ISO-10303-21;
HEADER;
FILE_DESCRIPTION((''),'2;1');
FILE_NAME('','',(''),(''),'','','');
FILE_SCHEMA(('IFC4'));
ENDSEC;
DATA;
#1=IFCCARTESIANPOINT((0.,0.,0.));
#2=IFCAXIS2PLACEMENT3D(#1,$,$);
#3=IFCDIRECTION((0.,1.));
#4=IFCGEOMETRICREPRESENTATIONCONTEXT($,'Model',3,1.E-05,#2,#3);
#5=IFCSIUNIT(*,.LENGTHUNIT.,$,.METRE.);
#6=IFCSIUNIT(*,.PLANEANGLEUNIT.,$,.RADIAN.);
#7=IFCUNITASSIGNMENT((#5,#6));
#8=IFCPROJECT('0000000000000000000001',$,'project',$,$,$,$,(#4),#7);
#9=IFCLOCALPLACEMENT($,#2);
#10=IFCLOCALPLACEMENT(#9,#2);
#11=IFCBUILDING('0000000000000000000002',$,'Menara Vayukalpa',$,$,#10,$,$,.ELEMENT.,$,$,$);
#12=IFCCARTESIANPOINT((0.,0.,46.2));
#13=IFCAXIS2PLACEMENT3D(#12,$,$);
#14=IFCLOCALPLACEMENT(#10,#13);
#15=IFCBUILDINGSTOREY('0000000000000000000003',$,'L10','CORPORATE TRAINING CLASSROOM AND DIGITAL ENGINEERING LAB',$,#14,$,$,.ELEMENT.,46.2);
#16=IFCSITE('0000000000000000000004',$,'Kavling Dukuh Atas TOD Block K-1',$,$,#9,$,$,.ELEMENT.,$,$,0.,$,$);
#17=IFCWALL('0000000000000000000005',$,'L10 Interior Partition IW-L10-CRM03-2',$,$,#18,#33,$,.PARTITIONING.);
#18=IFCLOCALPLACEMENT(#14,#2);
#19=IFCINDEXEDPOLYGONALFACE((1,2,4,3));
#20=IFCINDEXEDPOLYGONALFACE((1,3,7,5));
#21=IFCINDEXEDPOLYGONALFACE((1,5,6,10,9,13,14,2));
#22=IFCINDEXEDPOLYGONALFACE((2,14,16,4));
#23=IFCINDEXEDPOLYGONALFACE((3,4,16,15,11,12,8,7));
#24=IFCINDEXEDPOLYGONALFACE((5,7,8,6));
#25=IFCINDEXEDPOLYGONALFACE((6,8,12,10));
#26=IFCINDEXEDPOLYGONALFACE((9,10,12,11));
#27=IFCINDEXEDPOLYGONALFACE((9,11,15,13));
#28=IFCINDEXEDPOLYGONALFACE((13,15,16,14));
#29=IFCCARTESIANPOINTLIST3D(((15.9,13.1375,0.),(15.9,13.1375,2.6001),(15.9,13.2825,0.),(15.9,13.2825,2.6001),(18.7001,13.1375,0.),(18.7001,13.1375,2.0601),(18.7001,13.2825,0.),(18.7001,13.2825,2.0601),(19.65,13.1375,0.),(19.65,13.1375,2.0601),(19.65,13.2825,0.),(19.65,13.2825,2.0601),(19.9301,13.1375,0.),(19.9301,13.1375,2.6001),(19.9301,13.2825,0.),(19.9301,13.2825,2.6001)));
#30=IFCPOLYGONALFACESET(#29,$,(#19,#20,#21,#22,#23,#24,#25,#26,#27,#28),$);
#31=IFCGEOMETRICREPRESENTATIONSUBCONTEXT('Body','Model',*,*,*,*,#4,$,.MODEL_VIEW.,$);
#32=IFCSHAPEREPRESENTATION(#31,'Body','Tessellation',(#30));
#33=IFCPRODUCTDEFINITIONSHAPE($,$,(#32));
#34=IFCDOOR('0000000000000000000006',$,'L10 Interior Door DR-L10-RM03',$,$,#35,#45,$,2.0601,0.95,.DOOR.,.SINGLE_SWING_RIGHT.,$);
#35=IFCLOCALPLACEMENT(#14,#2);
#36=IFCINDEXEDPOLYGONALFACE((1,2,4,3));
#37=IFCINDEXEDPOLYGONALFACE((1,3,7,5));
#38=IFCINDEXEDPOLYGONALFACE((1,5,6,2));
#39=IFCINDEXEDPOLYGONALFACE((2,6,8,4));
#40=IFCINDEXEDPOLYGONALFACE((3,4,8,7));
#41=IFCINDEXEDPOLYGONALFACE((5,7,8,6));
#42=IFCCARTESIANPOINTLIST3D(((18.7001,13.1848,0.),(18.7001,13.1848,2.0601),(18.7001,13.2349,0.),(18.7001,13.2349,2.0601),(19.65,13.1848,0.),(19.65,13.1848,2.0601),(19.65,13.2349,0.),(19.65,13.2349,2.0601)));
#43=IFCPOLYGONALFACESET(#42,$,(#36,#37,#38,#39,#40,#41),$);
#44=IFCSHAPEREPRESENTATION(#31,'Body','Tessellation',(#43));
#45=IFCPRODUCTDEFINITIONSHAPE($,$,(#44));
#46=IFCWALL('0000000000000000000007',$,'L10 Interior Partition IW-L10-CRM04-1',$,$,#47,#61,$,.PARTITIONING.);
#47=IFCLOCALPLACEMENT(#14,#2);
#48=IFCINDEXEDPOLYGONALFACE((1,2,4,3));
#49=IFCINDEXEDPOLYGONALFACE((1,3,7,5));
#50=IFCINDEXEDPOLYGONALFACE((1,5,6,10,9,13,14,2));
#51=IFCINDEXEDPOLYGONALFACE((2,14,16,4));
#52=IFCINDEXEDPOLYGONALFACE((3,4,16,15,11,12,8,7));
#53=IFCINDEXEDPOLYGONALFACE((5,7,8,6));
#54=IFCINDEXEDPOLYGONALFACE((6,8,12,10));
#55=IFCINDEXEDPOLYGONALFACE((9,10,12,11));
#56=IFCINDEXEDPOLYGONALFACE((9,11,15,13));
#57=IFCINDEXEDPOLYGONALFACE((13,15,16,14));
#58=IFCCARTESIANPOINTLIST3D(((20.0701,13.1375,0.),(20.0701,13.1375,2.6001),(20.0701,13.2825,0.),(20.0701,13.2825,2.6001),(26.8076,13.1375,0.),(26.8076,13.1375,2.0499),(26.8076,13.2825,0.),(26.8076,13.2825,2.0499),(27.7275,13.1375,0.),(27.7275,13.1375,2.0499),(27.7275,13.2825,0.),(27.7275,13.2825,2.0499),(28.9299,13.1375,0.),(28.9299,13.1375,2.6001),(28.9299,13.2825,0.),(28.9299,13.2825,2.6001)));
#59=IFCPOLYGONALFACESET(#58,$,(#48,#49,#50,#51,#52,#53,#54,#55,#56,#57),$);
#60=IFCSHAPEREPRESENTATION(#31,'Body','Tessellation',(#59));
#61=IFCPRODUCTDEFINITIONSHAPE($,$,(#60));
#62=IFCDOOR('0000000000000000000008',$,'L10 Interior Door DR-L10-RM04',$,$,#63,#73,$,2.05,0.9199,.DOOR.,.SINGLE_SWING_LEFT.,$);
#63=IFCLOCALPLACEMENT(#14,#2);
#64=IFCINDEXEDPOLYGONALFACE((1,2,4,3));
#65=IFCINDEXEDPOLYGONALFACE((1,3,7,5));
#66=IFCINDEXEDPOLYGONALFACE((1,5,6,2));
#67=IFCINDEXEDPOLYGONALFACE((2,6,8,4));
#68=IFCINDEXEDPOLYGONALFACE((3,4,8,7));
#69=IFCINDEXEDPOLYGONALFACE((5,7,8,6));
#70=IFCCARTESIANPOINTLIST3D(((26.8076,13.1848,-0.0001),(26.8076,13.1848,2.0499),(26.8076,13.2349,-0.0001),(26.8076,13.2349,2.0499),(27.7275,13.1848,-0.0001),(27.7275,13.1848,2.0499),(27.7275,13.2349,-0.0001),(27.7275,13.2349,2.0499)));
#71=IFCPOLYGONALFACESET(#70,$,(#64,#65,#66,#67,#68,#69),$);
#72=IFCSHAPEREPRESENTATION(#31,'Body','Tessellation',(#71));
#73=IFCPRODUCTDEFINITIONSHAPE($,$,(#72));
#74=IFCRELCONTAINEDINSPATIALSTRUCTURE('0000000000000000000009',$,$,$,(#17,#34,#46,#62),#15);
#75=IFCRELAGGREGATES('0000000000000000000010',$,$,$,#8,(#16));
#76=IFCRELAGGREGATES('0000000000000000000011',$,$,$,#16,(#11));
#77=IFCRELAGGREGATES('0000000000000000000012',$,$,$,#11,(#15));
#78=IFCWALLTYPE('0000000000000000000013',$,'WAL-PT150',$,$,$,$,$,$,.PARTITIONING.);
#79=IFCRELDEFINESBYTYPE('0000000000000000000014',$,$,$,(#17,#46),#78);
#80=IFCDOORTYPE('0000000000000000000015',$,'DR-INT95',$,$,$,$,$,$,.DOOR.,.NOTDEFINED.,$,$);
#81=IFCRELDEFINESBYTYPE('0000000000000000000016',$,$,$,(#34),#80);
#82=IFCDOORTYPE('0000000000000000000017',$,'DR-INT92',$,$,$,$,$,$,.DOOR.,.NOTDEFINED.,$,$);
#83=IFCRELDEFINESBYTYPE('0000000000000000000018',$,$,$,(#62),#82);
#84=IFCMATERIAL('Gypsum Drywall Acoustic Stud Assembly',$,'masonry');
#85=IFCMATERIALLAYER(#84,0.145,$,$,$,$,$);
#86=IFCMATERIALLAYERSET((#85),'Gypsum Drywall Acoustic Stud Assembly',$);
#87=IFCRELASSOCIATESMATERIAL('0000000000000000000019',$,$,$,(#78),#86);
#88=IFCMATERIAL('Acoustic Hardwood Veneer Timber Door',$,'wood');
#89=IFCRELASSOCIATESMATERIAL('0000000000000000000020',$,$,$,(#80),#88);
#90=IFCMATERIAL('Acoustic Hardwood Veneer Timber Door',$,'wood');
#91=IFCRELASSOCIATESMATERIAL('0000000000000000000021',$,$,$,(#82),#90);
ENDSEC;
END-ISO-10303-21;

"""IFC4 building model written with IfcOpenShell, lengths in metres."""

from ifc_helpers import new_model, si_unit, direction, frame, frame_2d, origin, place, context, subcontext, project, spatial, rectangle, extrude, material, layer, layer_set, type_object, element, fill, save


model = new_model("IFC4")

# Units and contexts
model_context = context("Model", 3, precision=1e-05, world=origin(), true_north=direction((0.0, 1.0)))
body_context = subcontext(model_context, "Body", "Model", "MODEL_VIEW")
ifc_project = project(units=[si_unit("LENGTHUNIT", "METRE"), si_unit("PLANEANGLEUNIT", "RADIAN")], contexts=[model_context])

# Site, building, storey
site_placement = place(None, origin())
site = spatial("IfcSite", under=ifc_project, at=site_placement, Name="Kavling Dukuh Atas TOD Block K-1", CompositionType="ELEMENT", RefElevation=0.0)
building_placement = place(site_placement, origin())
building = spatial("IfcBuilding", under=site, at=building_placement, Name="Menara Vayukalpa", CompositionType="ELEMENT")
storey_placement = place(building_placement, frame((0.0, 0.0, 46.2)))
storey = spatial("IfcBuildingStorey", under=building, at=storey_placement, Name="L10", Description="CORPORATE TRAINING CLASSROOM AND DIGITAL ENGINEERING LAB", CompositionType="ELEMENT", Elevation=46.2)

# Shared definitions
ifc_material_1 = material(Name="Gypsum Drywall Acoustic Stud Assembly", Category="masonry")
ifc_layer_1 = layer(ifc_material_1, 0.145)
ifc_layer_set_1 = layer_set([ifc_layer_1], Name="Gypsum Drywall Acoustic Stud Assembly")
wall_type_1 = type_object("IfcWallType", Name="WAL-PT150", PredefinedType="PARTITIONING", material=ifc_layer_set_1)
ifc_material_2 = material(Name="Acoustic Hardwood Veneer Timber Door", Category="wood")
door_type_1 = type_object("IfcDoorType", Name="DR-INT95", OperationType="NOTDEFINED", PredefinedType="DOOR", material=ifc_material_2)

# Walls, openings, doors
wall_1_placement = place(storey_placement, frame((15.8999, 13.21, 0.0), z_axis=(0.0, 0.0, 1.0), x_axis=(1.0, 0.0, 0.0)))
wall_1 = element("IfcWall", 1, at=wall_1_placement, inside=storey, type_object=wall_type_1, Name="L10 Interior Partition IW-L10-CRM03-2", PredefinedType="PARTITIONING", context=body_context, shape_type="SweptSolid", body=[
    extrude(rectangle(XDim=4.03, YDim=0.145, at=frame_2d((2.0151, 0.0))), origin(), (0.0, 0.0, 1.0), 2.6001),
])
opening_1_placement = place(wall_1_placement, frame((2.8, 0.0, 0.0)))
opening_1 = element("IfcOpeningElement", 2, at=opening_1_placement, cuts=wall_1, PredefinedType="OPENING", context=body_context, shape_type="SweptSolid", body=[
    extrude(rectangle(XDim=0.95, YDim=2.0601, at=frame_2d((0.4751, 1.03))), frame((0.0, 0.0825, 0.0), z_axis=(0.0, -1.0, 0.0), x_axis=(1.0, 0.0, 0.0)), (0.0, 0.0, 1.0), 0.165),
])
door_1_placement = place(opening_1_placement, origin())
door_1 = element("IfcDoor", 3, at=door_1_placement, inside=storey, type_object=door_type_1, Name="L10 Interior Door DR-L10-RM03", OperationType="SINGLE_SWING_RIGHT", OverallHeight=2.0601, OverallWidth=0.95, PredefinedType="DOOR", context=body_context, shape_type="SweptSolid", body=[
    extrude(rectangle(XDim=0.95, YDim=2.0601, at=frame_2d((0.4751, 1.03))), frame((0.0, 0.0249, 0.0), z_axis=(0.0, -1.0, 0.0), x_axis=(1.0, 0.0, 0.0)), (0.0, 0.0, 1.0), 0.05),
])
fill(opening_1, door_1)
wall_2_placement = place(storey_placement, frame((20.0701, 13.21, 0.0), z_axis=(0.0, 0.0, 1.0), x_axis=(1.0, 0.0, 0.0)))
wall_2 = element("IfcWall", 4, at=wall_2_placement, inside=storey, type_object=wall_type_1, Name="L10 Interior Partition IW-L10-CRM04-1", PredefinedType="PARTITIONING", context=body_context, shape_type="SweptSolid", body=[
    extrude(rectangle(XDim=8.8599, YDim=0.145, at=frame_2d((4.4299, 0.0))), origin(), (0.0, 0.0, 1.0), 2.6001),
])
opening_2_placement = place(wall_2_placement, frame((6.7375, 0.0, 0.0)))
opening_2 = element("IfcOpeningElement", 5, at=opening_2_placement, cuts=wall_2, PredefinedType="OPENING", context=body_context, shape_type="SweptSolid", body=[
    extrude(rectangle(XDim=0.9199, YDim=2.05, at=frame_2d((0.46, 1.0249))), frame((0.0, 0.0825, 0.0), z_axis=(0.0, -1.0, 0.0), x_axis=(1.0, 0.0, 0.0)), (0.0, 0.0, 1.0), 0.165),
])
ifc_material_3 = material(Name="Acoustic Hardwood Veneer Timber Door", Category="wood")
door_type_2 = type_object("IfcDoorType", Name="DR-INT92", OperationType="NOTDEFINED", PredefinedType="DOOR", material=ifc_material_3)
door_2_placement = place(opening_2_placement, origin())
door_2 = element("IfcDoor", 6, at=door_2_placement, inside=storey, type_object=door_type_2, Name="L10 Interior Door DR-L10-RM04", OperationType="SINGLE_SWING_LEFT", OverallHeight=2.05, OverallWidth=0.9199, PredefinedType="DOOR", context=body_context, shape_type="SweptSolid", body=[
    extrude(rectangle(XDim=0.9199, YDim=2.05, at=frame_2d((0.46, 1.0249))), frame((0.0, 0.0249, 0.0), z_axis=(0.0, -1.0, 0.0), x_axis=(1.0, 0.0, 0.0)), (0.0, 0.0, 1.0), 0.05),
])
fill(opening_2, door_2)

save(model, "model.ifc")
